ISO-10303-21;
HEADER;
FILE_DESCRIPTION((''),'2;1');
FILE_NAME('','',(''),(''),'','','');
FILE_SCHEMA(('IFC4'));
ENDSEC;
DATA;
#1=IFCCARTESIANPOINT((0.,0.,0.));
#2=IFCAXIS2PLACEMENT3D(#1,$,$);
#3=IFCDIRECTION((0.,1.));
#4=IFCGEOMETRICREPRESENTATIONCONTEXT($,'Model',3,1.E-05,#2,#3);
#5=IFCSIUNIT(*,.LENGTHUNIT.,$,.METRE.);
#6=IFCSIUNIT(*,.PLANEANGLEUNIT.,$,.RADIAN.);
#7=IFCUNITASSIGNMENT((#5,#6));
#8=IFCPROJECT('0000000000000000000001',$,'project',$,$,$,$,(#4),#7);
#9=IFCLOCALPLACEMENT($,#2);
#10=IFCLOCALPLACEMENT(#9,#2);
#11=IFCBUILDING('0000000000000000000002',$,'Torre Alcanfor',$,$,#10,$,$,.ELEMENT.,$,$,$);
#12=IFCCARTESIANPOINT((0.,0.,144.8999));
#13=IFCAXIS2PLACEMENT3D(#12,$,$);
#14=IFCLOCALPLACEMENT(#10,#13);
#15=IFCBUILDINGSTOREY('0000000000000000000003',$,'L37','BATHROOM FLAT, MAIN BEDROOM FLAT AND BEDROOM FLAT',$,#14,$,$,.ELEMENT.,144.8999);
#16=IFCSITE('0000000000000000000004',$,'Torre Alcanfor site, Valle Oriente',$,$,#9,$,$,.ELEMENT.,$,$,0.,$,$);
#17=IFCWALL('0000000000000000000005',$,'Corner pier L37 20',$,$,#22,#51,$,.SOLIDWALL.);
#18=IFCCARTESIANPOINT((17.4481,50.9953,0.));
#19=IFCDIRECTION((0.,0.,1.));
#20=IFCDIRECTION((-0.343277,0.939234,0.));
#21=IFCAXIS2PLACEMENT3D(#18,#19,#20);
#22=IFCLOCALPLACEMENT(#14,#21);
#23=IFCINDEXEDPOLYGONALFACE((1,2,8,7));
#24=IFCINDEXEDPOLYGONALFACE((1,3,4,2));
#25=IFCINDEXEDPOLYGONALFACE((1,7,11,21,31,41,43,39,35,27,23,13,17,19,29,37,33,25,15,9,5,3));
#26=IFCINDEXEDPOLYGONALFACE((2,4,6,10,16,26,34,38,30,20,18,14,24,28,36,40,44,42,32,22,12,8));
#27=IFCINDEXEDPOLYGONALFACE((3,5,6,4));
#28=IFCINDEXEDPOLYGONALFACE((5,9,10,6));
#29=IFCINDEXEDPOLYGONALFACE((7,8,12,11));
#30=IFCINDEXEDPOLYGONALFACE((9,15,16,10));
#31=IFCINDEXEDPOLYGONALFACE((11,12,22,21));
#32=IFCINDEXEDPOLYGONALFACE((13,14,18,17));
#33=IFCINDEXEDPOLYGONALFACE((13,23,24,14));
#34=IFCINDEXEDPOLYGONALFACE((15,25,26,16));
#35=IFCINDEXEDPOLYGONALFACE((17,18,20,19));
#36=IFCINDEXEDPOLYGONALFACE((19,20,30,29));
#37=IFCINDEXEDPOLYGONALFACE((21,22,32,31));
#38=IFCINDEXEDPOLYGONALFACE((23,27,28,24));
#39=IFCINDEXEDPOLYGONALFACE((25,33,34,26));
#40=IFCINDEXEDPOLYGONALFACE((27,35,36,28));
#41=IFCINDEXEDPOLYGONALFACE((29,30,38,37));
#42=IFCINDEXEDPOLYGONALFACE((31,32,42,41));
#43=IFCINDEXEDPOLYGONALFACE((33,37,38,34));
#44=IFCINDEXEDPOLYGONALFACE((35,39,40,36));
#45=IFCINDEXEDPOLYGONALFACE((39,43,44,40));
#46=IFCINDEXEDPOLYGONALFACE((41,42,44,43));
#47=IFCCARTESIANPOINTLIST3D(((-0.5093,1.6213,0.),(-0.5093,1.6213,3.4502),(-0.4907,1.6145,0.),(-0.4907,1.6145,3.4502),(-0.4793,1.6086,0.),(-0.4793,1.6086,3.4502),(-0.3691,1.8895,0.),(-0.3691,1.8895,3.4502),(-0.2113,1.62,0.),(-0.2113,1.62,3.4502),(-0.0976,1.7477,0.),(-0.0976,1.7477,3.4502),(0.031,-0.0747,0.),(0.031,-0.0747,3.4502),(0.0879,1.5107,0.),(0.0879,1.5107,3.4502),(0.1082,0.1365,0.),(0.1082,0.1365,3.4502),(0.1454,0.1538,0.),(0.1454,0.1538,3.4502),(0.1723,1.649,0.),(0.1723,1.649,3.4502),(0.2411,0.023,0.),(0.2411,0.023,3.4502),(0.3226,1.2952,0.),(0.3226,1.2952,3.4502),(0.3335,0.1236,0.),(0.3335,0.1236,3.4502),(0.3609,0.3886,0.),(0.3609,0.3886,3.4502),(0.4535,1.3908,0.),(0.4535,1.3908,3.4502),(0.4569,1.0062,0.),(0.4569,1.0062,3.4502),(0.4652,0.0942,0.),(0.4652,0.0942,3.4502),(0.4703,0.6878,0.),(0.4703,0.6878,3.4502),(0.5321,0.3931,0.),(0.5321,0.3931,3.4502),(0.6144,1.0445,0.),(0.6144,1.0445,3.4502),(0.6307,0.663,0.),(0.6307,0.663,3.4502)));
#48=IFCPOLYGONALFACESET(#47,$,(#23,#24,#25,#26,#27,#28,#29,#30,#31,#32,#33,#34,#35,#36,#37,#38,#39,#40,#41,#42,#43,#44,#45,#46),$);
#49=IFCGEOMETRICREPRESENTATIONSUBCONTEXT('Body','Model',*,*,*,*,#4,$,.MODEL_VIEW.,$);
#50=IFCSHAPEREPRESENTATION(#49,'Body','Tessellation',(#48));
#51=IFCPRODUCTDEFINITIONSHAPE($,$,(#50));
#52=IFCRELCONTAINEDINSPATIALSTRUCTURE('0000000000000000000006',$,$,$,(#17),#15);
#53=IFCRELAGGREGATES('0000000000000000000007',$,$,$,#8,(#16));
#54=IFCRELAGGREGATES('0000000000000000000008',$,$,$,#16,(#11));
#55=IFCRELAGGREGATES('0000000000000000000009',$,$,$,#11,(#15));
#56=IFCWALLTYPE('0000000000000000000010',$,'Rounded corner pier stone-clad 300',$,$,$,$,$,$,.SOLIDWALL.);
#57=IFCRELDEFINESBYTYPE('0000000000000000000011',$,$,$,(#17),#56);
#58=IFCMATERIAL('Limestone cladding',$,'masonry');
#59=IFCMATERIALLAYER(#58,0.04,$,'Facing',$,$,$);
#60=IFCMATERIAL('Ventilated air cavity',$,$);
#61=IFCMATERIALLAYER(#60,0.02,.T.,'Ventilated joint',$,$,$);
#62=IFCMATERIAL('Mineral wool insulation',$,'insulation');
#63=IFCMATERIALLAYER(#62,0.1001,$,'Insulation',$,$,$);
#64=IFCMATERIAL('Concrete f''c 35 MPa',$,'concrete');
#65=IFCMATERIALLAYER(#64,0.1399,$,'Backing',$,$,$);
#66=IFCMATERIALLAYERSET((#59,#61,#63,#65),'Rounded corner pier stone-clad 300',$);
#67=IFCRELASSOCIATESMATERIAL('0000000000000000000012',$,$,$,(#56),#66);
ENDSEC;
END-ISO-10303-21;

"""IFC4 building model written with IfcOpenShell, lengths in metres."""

from ifc_helpers import new_model, si_unit, direction, frame, origin, place, context, subcontext, project, spatial, polyline, outline, extrude, material, layer, layer_set, type_object, element, save


model = new_model("IFC4")

# Units and contexts
model_context = context("Model", 3, precision=1e-05, world=origin(), true_north=direction((0.0, 1.0)))
body_context = subcontext(model_context, "Body", "Model", "MODEL_VIEW")
ifc_project = project(units=[si_unit("LENGTHUNIT", "METRE"), si_unit("PLANEANGLEUNIT", "RADIAN")], contexts=[model_context])

# Site, building, storey
site_placement = place(None, origin())
site = spatial("IfcSite", under=ifc_project, at=site_placement, Name="Torre Alcanfor site, Valle Oriente", CompositionType="ELEMENT", RefElevation=0.0)
building_placement = place(site_placement, origin())
building = spatial("IfcBuilding", under=site, at=building_placement, Name="Torre Alcanfor", CompositionType="ELEMENT")
storey_placement = place(building_placement, frame((0.0, 0.0, 144.8999)))
storey = spatial("IfcBuildingStorey", under=building, at=storey_placement, Name="L37", Description="BATHROOM FLAT, MAIN BEDROOM FLAT AND BEDROOM FLAT", CompositionType="ELEMENT", Elevation=144.8999)

# Shared definitions
ifc_material_1 = material(Name="Limestone cladding", Category="masonry")
ifc_material_2 = material(Name="Ventilated air cavity")
ifc_material_3 = material(Name="Mineral wool insulation", Category="insulation")
ifc_material_4 = material(Name="Concrete f'c 35 MPa", Category="concrete")

# Wall
ifc_layer_1 = layer(ifc_material_1, 0.04, Name="Facing")
ifc_layer_2 = layer(ifc_material_2, 0.02, ventilated=True, Name="Ventilated joint")
ifc_layer_3 = layer(ifc_material_3, 0.1001, Name="Insulation")
ifc_layer_4 = layer(ifc_material_4, 0.1399, Name="Backing")
ifc_layer_set_1 = layer_set([ifc_layer_1, ifc_layer_2, ifc_layer_3, ifc_layer_4], Name="Rounded corner pier stone-clad 300")
wall_type_1 = type_object("IfcWallType", Name="Rounded corner pier stone-clad 300", PredefinedType="SOLIDWALL", material=ifc_layer_set_1)
wall_1_placement = place(storey_placement, frame((17.4481, 50.9953, 0.0), z_axis=(0.0, 0.0, 1.0), x_axis=(-0.343277, 0.939234, 0.0)))
element("IfcWall", 1, at=wall_1_placement, inside=storey, type_object=wall_type_1, Name="Corner pier L37 20", PredefinedType="SOLIDWALL", context=body_context, shape_type="SweptSolid", body=[
    extrude(outline(polyline([(0.2411, 0.023), (0.3335, 0.1236), (0.4652, 0.0942), (0.5321, 0.3931), (0.6307, 0.663), (0.6144, 1.0445), (0.4535, 1.3908), (0.1723, 1.649), (-0.0976, 1.7477), (-0.3691, 1.8895), (-0.5093, 1.6213), (-0.4907, 1.6145), (-0.4793, 1.6086), (-0.2113, 1.62), (0.0879, 1.5107), (0.3226, 1.2952), (0.4569, 1.0062), (0.4703, 0.6878), (0.3609, 0.3886), (0.1454, 0.1538), (0.1082, 0.1365), (0.031, -0.0747), (0.2411, 0.023)])), origin(), (0.0, 0.0, 1.0), 3.4502),
])

save(model, "model.ifc")
